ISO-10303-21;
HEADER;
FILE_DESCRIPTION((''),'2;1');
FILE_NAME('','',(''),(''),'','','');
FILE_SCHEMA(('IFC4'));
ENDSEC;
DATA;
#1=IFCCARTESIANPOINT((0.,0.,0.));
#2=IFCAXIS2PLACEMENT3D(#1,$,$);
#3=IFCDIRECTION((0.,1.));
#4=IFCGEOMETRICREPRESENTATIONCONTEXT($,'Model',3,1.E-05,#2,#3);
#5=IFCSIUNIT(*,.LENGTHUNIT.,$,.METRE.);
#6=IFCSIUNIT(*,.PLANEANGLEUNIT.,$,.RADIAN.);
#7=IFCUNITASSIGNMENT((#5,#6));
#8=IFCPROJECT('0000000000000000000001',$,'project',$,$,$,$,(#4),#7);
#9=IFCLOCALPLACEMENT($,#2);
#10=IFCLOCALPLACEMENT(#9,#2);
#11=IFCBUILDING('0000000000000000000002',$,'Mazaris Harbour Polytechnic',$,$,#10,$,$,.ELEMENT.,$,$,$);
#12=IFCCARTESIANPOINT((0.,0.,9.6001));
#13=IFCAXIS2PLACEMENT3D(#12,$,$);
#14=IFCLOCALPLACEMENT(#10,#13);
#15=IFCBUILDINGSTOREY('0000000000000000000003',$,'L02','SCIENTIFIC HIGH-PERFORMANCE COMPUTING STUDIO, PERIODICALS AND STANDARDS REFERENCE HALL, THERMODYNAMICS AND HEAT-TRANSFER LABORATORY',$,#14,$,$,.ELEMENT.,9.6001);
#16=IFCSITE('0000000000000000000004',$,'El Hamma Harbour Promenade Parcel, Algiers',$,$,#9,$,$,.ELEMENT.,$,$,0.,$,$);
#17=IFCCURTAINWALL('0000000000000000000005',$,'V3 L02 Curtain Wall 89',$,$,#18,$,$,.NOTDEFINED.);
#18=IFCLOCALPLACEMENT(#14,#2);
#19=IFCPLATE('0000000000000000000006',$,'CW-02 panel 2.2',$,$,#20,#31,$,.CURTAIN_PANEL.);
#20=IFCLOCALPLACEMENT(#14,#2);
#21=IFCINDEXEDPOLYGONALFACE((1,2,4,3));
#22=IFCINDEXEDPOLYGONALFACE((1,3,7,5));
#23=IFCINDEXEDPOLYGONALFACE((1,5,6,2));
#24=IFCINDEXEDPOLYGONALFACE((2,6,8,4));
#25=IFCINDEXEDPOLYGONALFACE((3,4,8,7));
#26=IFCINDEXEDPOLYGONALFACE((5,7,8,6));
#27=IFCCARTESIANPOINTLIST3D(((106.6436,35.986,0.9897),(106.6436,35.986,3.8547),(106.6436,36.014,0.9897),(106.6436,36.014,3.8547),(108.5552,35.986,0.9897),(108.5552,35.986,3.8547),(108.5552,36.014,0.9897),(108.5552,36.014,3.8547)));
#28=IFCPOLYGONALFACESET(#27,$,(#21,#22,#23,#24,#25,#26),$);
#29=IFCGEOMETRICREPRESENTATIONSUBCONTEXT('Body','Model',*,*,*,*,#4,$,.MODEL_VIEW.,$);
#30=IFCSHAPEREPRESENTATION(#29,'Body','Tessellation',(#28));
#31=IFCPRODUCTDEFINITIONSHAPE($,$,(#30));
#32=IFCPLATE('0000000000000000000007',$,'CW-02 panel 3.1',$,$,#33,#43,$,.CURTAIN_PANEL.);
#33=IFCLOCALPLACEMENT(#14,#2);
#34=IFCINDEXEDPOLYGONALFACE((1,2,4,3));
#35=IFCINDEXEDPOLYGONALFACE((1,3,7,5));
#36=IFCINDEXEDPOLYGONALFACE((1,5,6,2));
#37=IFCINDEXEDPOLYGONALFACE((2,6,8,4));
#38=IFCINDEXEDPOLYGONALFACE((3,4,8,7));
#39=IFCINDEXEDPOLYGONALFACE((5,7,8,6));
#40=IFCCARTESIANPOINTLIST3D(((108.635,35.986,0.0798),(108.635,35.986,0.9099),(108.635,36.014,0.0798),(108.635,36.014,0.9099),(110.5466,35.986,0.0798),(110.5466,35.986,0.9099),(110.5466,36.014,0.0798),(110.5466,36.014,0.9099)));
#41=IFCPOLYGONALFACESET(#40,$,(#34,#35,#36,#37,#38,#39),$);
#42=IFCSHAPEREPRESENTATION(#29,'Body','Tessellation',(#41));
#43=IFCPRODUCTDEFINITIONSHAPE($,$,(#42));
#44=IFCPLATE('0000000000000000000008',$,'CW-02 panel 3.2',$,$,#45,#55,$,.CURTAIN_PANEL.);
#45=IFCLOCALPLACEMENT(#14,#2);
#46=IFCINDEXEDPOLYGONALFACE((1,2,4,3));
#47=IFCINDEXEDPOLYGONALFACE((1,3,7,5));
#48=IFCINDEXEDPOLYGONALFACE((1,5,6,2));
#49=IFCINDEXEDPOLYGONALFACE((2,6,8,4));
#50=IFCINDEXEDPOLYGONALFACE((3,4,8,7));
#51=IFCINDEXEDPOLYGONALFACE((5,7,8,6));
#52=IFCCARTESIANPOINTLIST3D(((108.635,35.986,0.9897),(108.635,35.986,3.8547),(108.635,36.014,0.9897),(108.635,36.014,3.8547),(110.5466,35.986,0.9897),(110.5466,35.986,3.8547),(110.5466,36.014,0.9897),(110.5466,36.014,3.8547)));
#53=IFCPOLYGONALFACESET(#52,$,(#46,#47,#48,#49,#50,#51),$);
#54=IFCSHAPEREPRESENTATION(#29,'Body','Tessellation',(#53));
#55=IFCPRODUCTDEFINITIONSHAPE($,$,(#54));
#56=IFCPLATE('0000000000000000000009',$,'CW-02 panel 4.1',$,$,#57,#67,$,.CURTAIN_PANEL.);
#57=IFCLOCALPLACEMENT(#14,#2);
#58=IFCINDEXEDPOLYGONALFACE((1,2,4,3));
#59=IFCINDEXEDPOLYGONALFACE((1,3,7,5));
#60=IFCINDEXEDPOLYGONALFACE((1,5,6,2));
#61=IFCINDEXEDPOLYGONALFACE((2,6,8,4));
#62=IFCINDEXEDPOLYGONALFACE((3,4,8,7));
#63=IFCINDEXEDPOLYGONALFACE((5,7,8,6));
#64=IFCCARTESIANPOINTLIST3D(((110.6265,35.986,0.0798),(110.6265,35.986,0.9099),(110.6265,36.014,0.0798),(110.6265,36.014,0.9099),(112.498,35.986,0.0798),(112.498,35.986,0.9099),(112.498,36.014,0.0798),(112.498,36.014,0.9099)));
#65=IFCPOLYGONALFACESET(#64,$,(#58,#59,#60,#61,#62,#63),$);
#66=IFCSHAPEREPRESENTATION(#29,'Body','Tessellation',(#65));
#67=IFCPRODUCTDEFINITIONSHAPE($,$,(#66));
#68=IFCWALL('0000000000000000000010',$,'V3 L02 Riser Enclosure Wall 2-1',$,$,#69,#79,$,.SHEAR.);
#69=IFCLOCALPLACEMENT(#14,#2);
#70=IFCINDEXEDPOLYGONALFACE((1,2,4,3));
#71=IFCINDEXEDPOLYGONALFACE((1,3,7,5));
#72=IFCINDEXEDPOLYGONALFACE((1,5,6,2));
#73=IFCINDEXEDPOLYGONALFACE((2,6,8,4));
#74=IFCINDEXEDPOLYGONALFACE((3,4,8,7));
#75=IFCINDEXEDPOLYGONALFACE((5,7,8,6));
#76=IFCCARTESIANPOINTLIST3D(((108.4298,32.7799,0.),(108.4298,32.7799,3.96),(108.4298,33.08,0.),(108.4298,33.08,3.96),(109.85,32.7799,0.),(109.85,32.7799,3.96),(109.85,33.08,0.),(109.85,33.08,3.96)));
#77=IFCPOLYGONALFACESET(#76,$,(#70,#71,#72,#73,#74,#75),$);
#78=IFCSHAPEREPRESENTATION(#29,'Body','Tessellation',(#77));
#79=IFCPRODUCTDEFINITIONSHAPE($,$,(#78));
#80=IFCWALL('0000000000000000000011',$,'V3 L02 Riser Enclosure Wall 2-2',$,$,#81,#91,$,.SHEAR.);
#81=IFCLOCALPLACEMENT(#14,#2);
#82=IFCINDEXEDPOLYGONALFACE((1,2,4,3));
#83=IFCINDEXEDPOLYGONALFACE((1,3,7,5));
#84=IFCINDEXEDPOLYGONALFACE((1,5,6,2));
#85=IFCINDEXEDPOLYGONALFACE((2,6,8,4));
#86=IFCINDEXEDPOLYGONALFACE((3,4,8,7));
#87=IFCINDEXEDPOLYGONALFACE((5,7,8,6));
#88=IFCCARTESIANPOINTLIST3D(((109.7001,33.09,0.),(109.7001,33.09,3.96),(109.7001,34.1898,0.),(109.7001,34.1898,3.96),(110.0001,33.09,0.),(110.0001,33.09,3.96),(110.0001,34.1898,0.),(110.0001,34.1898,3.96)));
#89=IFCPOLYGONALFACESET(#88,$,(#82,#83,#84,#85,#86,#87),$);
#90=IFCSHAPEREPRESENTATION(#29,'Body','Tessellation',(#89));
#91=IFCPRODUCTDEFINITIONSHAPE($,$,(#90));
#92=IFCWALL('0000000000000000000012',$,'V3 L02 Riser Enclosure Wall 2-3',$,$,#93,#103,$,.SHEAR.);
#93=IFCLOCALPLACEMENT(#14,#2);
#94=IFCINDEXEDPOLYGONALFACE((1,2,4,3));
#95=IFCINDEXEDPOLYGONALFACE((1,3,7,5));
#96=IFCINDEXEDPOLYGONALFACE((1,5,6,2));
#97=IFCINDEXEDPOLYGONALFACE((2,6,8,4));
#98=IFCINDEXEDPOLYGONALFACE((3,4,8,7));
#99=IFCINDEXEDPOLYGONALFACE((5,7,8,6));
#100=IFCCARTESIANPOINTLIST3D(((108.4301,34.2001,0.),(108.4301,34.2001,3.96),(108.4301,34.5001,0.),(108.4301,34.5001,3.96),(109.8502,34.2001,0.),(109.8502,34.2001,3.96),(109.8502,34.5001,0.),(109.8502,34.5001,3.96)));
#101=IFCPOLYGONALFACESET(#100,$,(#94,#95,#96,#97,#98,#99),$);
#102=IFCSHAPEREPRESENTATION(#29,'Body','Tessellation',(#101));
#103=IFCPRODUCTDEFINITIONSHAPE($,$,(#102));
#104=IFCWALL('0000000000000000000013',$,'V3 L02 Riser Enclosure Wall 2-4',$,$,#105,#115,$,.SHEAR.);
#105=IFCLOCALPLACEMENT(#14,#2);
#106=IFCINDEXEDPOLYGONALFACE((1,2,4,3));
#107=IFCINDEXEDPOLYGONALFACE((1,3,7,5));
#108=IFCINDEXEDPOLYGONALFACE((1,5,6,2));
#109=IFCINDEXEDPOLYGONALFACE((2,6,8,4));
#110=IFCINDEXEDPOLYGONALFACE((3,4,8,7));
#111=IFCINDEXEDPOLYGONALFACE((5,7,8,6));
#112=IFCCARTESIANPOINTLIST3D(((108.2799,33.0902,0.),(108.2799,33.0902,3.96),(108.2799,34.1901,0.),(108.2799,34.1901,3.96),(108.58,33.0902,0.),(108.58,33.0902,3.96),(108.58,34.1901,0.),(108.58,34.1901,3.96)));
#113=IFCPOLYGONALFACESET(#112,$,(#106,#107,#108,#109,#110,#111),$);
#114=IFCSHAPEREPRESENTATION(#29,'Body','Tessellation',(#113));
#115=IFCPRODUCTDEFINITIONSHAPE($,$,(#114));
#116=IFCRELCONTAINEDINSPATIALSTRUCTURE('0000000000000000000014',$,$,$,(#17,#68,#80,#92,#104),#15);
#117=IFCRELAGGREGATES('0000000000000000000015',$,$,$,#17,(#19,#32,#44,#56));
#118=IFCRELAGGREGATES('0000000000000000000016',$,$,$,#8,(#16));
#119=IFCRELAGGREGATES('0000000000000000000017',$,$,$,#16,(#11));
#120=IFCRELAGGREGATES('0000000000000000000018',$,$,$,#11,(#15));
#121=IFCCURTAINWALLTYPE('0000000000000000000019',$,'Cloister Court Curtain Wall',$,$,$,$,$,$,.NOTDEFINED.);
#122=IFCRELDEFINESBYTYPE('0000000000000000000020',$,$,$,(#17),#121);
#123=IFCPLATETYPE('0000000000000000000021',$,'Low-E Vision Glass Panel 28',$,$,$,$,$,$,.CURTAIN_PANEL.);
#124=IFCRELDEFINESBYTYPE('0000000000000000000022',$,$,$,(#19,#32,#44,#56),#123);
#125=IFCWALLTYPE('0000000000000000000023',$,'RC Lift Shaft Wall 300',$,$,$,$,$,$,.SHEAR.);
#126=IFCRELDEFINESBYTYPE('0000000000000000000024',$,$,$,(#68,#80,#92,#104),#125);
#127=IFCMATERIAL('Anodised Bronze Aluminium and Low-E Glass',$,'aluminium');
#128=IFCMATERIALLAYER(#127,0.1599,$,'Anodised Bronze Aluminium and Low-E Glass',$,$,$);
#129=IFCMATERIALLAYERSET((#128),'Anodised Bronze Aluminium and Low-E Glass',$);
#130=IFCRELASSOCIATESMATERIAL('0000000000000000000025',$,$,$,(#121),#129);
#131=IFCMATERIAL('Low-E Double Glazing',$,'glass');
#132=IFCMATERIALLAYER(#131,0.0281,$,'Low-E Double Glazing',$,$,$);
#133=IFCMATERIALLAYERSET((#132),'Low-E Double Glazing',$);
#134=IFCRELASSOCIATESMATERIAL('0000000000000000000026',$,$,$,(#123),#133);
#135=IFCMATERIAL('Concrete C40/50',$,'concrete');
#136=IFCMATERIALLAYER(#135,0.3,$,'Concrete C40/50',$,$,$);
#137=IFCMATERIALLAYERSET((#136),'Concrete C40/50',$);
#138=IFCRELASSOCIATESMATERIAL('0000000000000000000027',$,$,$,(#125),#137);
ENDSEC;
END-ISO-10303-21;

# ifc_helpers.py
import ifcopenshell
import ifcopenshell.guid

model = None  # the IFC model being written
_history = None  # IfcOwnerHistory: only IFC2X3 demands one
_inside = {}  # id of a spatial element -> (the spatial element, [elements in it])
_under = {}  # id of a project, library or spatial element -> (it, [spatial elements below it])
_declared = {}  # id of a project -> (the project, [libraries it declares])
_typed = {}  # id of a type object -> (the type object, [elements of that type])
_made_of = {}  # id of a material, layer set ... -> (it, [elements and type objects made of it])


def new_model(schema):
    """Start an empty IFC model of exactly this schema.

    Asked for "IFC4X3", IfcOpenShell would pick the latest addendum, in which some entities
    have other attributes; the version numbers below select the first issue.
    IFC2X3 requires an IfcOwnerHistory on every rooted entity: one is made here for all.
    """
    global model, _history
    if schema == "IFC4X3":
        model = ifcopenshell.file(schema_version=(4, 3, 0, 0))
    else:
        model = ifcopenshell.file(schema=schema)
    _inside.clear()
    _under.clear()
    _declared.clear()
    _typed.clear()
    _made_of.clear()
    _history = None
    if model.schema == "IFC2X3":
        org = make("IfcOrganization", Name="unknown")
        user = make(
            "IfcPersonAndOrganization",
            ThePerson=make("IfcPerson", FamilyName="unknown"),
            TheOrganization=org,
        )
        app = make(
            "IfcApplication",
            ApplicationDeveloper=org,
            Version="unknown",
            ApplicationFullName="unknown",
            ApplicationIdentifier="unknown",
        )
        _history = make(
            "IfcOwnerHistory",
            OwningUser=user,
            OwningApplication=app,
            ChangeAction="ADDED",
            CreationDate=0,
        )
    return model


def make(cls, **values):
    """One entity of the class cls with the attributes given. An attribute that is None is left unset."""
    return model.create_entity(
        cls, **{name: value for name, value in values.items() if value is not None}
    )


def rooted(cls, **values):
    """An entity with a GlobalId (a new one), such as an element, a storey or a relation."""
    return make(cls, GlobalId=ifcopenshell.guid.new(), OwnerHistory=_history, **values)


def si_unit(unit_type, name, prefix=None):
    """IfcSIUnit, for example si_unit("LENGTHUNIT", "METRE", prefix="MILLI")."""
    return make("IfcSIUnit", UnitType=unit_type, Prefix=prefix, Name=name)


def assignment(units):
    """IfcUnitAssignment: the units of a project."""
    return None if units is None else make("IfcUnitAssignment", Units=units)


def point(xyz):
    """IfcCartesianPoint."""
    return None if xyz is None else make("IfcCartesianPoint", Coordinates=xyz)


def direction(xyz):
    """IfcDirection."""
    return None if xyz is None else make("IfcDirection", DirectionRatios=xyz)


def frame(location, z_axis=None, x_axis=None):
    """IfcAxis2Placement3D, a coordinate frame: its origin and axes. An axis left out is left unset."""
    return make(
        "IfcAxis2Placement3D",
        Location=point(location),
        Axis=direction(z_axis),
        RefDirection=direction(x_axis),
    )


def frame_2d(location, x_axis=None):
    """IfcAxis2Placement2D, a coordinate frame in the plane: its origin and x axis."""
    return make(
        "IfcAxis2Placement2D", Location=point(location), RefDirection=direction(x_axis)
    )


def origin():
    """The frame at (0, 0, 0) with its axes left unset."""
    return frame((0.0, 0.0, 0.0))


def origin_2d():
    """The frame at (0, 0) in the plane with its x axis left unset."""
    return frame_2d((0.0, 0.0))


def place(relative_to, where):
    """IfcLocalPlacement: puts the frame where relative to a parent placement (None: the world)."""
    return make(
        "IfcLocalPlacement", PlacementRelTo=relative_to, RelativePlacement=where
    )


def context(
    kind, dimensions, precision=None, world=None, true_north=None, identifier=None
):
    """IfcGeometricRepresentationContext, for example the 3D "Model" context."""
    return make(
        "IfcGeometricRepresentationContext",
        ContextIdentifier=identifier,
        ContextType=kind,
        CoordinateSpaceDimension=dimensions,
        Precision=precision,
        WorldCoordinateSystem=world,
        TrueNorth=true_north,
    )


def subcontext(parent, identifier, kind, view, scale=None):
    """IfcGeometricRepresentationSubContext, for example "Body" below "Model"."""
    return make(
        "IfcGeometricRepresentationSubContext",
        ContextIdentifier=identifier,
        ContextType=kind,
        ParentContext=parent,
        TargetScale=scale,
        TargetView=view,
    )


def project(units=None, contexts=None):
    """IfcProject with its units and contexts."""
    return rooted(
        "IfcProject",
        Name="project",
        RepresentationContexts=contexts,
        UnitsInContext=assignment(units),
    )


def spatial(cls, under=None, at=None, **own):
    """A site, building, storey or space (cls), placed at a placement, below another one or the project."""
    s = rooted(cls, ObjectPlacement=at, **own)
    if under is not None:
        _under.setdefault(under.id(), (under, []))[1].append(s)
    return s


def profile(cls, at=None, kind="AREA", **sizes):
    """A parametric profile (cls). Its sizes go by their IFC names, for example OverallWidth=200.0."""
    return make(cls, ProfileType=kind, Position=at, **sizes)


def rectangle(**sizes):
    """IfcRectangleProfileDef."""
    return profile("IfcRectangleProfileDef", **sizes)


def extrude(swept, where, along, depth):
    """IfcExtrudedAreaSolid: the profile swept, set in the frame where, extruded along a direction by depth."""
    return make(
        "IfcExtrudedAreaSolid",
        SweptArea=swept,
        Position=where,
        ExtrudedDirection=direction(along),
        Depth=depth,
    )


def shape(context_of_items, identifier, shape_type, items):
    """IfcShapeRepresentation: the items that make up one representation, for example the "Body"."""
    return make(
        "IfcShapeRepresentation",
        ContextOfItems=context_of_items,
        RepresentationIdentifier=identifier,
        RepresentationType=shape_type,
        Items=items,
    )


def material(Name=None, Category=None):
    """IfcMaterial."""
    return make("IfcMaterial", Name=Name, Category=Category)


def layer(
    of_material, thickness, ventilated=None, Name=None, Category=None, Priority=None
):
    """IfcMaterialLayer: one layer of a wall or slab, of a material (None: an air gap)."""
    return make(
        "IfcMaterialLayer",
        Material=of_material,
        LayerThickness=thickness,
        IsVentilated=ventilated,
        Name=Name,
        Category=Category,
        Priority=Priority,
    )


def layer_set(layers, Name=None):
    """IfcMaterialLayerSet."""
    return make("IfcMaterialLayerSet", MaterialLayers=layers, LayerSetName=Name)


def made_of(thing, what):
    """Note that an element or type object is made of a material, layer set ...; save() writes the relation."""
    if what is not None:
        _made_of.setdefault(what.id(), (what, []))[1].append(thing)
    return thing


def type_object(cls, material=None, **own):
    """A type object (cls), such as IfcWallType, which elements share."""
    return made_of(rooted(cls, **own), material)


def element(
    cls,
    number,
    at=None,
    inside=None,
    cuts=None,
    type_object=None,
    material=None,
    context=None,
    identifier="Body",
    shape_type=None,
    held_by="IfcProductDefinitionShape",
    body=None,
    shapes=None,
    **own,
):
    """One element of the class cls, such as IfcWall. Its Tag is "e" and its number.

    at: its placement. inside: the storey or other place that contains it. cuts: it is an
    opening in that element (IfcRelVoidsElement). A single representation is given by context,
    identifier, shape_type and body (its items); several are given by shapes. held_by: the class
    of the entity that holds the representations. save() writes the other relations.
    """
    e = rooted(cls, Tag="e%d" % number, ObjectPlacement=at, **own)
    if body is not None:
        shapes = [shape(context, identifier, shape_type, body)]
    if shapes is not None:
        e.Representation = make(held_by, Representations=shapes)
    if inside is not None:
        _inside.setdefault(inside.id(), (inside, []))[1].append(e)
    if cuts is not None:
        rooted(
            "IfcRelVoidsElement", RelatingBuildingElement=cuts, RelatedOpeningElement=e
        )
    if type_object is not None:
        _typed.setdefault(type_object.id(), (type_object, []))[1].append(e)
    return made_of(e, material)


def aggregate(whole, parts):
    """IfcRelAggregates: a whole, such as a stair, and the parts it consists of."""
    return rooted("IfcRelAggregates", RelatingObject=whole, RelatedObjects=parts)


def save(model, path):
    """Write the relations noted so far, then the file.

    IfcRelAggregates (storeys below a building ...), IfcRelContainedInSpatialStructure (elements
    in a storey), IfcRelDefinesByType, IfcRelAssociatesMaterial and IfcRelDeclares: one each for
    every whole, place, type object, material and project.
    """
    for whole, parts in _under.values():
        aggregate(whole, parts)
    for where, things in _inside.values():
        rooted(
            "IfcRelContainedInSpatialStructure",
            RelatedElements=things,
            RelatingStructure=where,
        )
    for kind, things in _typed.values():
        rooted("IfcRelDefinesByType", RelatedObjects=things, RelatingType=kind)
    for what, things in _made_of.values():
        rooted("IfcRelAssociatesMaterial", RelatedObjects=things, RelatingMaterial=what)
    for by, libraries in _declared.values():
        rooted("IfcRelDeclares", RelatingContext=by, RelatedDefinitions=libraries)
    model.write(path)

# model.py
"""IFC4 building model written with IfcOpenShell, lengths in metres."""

from ifc_helpers import new_model, si_unit, direction, frame, frame_2d, origin, origin_2d, place, context, subcontext, project, spatial, rectangle, extrude, material, layer, layer_set, type_object, element, aggregate, save


model = new_model("IFC4")

# Units and contexts
model_context = context("Model", 3, precision=1e-05, world=origin(), true_north=direction((0.0, 1.0)))
body_context = subcontext(model_context, "Body", "Model", "MODEL_VIEW")
ifc_project = project(units=[si_unit("LENGTHUNIT", "METRE"), si_unit("PLANEANGLEUNIT", "RADIAN")], contexts=[model_context])

# Site, building, storey
site_placement = place(None, origin())
site = spatial("IfcSite", under=ifc_project, at=site_placement, Name="El Hamma Harbour Promenade Parcel, Algiers", CompositionType="ELEMENT", RefElevation=0.0)
building_placement = place(site_placement, origin())
building = spatial("IfcBuilding", under=site, at=building_placement, Name="Mazaris Harbour Polytechnic", CompositionType="ELEMENT")
storey_placement = place(building_placement, frame((0.0, 0.0, 9.6001)))
storey = spatial("IfcBuildingStorey", under=building, at=storey_placement, Name="L02", Description="SCIENTIFIC HIGH-PERFORMANCE COMPUTING STUDIO, PERIODICALS AND STANDARDS REFERENCE HALL, THERMODYNAMICS AND HEAT-TRANSFER LABORATORY", CompositionType="ELEMENT", Elevation=9.6001)

# Curtain wall, plates
ifc_material_1 = material(Name="Anodised Bronze Aluminium and Low-E Glass", Category="aluminium")
ifc_layer_1 = layer(ifc_material_1, 0.1599, Name="Anodised Bronze Aluminium and Low-E Glass")
ifc_layer_set_1 = layer_set([ifc_layer_1], Name="Anodised Bronze Aluminium and Low-E Glass")
curtain_wall_type = type_object("IfcCurtainWallType", Name="Cloister Court Curtain Wall", PredefinedType="NOTDEFINED", material=ifc_layer_set_1)
curtain_wall_placement = place(storey_placement, origin())
curtain_wall = element("IfcCurtainWall", 1, at=curtain_wall_placement, inside=storey, type_object=curtain_wall_type, Name="V3 L02 Curtain Wall 89", PredefinedType="NOTDEFINED")
ifc_material_2 = material(Name="Low-E Double Glazing", Category="glass")
ifc_layer_2 = layer(ifc_material_2, 0.0281, Name="Low-E Double Glazing")
ifc_layer_set_2 = layer_set([ifc_layer_2], Name="Low-E Double Glazing")
plate_type = type_object("IfcPlateType", Name="Low-E Vision Glass Panel 28", PredefinedType="CURTAIN_PANEL", material=ifc_layer_set_2)
plate_1_placement = place(storey_placement, frame((107.5994, 36.0, 0.9897), z_axis=(0.0, 0.0, 1.0), x_axis=(1.0, 0.0, 0.0)))
plate_1 = element("IfcPlate", 2, at=plate_1_placement, type_object=plate_type, Name="CW-02 panel 2.2", PredefinedType="CURTAIN_PANEL", context=body_context, shape_type="SweptSolid", body=[
    extrude(rectangle(XDim=1.9116, YDim=0.0281, at=origin_2d()), origin(), (0.0, 0.0, 1.0), 2.865),
])
plate_2_placement = place(storey_placement, frame((109.5908, 36.0, 0.0798), z_axis=(0.0, 0.0, 1.0), x_axis=(1.0, 0.0, 0.0)))
plate_2 = element("IfcPlate", 3, at=plate_2_placement, type_object=plate_type, Name="CW-02 panel 3.1", PredefinedType="CURTAIN_PANEL", context=body_context, shape_type="SweptSolid", body=[
    extrude(rectangle(XDim=1.9116, YDim=0.0281, at=origin_2d()), origin(), (0.0, 0.0, 1.0), 0.8301),
])
plate_3_placement = place(storey_placement, frame((109.5908, 36.0, 0.9897), z_axis=(0.0, 0.0, 1.0), x_axis=(1.0, 0.0, 0.0)))
plate_3 = element("IfcPlate", 4, at=plate_3_placement, type_object=plate_type, Name="CW-02 panel 3.2", PredefinedType="CURTAIN_PANEL", context=body_context, shape_type="SweptSolid", body=[
    extrude(rectangle(XDim=1.9116, YDim=0.0281, at=origin_2d()), origin(), (0.0, 0.0, 1.0), 2.865),
])
plate_4_placement = place(storey_placement, frame((111.5623, 36.0, 0.0798), z_axis=(0.0, 0.0, 1.0), x_axis=(1.0, 0.0, 0.0)))
plate_4 = element("IfcPlate", 5, at=plate_4_placement, type_object=plate_type, Name="CW-02 panel 4.1", PredefinedType="CURTAIN_PANEL", context=body_context, shape_type="SweptSolid", body=[
    extrude(rectangle(XDim=1.8716, YDim=0.0281, at=origin_2d()), origin(), (0.0, 0.0, 1.0), 0.8301),
])
aggregate(curtain_wall, [plate_1, plate_2, plate_3, plate_4])

# Walls
ifc_material_3 = material(Name="Concrete C40/50", Category="concrete")
ifc_layer_3 = layer(ifc_material_3, 0.3, Name="Concrete C40/50")
ifc_layer_set_3 = layer_set([ifc_layer_3], Name="Concrete C40/50")
wall_type = type_object("IfcWallType", Name="RC Lift Shaft Wall 300", PredefinedType="SHEAR", material=ifc_layer_set_3)
wall_1_placement = place(storey_placement, frame((108.4299, 32.9299, 0.0), z_axis=(0.0, 0.0, 1.0), x_axis=(1.0, 0.0, 0.0)))
element("IfcWall", 6, at=wall_1_placement, inside=storey, type_object=wall_type, Name="V3 L02 Riser Enclosure Wall 2-1", PredefinedType="SHEAR", context=body_context, shape_type="SweptSolid", body=[
    extrude(rectangle(XDim=1.4202, YDim=0.3, at=frame_2d((0.71, 0.0))), origin(), (0.0, 0.0, 1.0), 3.96),
])
wall_2_placement = place(storey_placement, frame((109.8501, 33.0901, 0.0), z_axis=(0.0, 0.0, 1.0), x_axis=(0.0, 1.0, 0.0)))
element("IfcWall", 7, at=wall_2_placement, inside=storey, type_object=wall_type, Name="V3 L02 Riser Enclosure Wall 2-2", PredefinedType="SHEAR", context=body_context, shape_type="SweptSolid", body=[
    extrude(rectangle(XDim=1.0999, YDim=0.3, at=frame_2d((0.5498, 0.0))), origin(), (0.0, 0.0, 1.0), 3.96),
])
wall_3_placement = place(storey_placement, frame((109.8501, 34.3501, 0.0), z_axis=(0.0, 0.0, 1.0), x_axis=(-1.0, 0.0, 0.0)))
element("IfcWall", 8, at=wall_3_placement, inside=storey, type_object=wall_type, Name="V3 L02 Riser Enclosure Wall 2-3", PredefinedType="SHEAR", context=body_context, shape_type="SweptSolid", body=[
    extrude(rectangle(XDim=1.4202, YDim=0.3, at=frame_2d((0.71, 0.0))), origin(), (0.0, 0.0, 1.0), 3.96),
])
wall_4_placement = place(storey_placement, frame((108.4299, 34.1899, 0.0), z_axis=(0.0, 0.0, 1.0), x_axis=(0.0, -1.0, 0.0)))
element("IfcWall", 9, at=wall_4_placement, inside=storey, type_object=wall_type, Name="V3 L02 Riser Enclosure Wall 2-4", PredefinedType="SHEAR", context=body_context, shape_type="SweptSolid", body=[
    extrude(rectangle(XDim=1.0999, YDim=0.3, at=frame_2d((0.5498, 0.0))), origin(), (0.0, 0.0, 1.0), 3.96),
])

save(model, "model.ifc")
